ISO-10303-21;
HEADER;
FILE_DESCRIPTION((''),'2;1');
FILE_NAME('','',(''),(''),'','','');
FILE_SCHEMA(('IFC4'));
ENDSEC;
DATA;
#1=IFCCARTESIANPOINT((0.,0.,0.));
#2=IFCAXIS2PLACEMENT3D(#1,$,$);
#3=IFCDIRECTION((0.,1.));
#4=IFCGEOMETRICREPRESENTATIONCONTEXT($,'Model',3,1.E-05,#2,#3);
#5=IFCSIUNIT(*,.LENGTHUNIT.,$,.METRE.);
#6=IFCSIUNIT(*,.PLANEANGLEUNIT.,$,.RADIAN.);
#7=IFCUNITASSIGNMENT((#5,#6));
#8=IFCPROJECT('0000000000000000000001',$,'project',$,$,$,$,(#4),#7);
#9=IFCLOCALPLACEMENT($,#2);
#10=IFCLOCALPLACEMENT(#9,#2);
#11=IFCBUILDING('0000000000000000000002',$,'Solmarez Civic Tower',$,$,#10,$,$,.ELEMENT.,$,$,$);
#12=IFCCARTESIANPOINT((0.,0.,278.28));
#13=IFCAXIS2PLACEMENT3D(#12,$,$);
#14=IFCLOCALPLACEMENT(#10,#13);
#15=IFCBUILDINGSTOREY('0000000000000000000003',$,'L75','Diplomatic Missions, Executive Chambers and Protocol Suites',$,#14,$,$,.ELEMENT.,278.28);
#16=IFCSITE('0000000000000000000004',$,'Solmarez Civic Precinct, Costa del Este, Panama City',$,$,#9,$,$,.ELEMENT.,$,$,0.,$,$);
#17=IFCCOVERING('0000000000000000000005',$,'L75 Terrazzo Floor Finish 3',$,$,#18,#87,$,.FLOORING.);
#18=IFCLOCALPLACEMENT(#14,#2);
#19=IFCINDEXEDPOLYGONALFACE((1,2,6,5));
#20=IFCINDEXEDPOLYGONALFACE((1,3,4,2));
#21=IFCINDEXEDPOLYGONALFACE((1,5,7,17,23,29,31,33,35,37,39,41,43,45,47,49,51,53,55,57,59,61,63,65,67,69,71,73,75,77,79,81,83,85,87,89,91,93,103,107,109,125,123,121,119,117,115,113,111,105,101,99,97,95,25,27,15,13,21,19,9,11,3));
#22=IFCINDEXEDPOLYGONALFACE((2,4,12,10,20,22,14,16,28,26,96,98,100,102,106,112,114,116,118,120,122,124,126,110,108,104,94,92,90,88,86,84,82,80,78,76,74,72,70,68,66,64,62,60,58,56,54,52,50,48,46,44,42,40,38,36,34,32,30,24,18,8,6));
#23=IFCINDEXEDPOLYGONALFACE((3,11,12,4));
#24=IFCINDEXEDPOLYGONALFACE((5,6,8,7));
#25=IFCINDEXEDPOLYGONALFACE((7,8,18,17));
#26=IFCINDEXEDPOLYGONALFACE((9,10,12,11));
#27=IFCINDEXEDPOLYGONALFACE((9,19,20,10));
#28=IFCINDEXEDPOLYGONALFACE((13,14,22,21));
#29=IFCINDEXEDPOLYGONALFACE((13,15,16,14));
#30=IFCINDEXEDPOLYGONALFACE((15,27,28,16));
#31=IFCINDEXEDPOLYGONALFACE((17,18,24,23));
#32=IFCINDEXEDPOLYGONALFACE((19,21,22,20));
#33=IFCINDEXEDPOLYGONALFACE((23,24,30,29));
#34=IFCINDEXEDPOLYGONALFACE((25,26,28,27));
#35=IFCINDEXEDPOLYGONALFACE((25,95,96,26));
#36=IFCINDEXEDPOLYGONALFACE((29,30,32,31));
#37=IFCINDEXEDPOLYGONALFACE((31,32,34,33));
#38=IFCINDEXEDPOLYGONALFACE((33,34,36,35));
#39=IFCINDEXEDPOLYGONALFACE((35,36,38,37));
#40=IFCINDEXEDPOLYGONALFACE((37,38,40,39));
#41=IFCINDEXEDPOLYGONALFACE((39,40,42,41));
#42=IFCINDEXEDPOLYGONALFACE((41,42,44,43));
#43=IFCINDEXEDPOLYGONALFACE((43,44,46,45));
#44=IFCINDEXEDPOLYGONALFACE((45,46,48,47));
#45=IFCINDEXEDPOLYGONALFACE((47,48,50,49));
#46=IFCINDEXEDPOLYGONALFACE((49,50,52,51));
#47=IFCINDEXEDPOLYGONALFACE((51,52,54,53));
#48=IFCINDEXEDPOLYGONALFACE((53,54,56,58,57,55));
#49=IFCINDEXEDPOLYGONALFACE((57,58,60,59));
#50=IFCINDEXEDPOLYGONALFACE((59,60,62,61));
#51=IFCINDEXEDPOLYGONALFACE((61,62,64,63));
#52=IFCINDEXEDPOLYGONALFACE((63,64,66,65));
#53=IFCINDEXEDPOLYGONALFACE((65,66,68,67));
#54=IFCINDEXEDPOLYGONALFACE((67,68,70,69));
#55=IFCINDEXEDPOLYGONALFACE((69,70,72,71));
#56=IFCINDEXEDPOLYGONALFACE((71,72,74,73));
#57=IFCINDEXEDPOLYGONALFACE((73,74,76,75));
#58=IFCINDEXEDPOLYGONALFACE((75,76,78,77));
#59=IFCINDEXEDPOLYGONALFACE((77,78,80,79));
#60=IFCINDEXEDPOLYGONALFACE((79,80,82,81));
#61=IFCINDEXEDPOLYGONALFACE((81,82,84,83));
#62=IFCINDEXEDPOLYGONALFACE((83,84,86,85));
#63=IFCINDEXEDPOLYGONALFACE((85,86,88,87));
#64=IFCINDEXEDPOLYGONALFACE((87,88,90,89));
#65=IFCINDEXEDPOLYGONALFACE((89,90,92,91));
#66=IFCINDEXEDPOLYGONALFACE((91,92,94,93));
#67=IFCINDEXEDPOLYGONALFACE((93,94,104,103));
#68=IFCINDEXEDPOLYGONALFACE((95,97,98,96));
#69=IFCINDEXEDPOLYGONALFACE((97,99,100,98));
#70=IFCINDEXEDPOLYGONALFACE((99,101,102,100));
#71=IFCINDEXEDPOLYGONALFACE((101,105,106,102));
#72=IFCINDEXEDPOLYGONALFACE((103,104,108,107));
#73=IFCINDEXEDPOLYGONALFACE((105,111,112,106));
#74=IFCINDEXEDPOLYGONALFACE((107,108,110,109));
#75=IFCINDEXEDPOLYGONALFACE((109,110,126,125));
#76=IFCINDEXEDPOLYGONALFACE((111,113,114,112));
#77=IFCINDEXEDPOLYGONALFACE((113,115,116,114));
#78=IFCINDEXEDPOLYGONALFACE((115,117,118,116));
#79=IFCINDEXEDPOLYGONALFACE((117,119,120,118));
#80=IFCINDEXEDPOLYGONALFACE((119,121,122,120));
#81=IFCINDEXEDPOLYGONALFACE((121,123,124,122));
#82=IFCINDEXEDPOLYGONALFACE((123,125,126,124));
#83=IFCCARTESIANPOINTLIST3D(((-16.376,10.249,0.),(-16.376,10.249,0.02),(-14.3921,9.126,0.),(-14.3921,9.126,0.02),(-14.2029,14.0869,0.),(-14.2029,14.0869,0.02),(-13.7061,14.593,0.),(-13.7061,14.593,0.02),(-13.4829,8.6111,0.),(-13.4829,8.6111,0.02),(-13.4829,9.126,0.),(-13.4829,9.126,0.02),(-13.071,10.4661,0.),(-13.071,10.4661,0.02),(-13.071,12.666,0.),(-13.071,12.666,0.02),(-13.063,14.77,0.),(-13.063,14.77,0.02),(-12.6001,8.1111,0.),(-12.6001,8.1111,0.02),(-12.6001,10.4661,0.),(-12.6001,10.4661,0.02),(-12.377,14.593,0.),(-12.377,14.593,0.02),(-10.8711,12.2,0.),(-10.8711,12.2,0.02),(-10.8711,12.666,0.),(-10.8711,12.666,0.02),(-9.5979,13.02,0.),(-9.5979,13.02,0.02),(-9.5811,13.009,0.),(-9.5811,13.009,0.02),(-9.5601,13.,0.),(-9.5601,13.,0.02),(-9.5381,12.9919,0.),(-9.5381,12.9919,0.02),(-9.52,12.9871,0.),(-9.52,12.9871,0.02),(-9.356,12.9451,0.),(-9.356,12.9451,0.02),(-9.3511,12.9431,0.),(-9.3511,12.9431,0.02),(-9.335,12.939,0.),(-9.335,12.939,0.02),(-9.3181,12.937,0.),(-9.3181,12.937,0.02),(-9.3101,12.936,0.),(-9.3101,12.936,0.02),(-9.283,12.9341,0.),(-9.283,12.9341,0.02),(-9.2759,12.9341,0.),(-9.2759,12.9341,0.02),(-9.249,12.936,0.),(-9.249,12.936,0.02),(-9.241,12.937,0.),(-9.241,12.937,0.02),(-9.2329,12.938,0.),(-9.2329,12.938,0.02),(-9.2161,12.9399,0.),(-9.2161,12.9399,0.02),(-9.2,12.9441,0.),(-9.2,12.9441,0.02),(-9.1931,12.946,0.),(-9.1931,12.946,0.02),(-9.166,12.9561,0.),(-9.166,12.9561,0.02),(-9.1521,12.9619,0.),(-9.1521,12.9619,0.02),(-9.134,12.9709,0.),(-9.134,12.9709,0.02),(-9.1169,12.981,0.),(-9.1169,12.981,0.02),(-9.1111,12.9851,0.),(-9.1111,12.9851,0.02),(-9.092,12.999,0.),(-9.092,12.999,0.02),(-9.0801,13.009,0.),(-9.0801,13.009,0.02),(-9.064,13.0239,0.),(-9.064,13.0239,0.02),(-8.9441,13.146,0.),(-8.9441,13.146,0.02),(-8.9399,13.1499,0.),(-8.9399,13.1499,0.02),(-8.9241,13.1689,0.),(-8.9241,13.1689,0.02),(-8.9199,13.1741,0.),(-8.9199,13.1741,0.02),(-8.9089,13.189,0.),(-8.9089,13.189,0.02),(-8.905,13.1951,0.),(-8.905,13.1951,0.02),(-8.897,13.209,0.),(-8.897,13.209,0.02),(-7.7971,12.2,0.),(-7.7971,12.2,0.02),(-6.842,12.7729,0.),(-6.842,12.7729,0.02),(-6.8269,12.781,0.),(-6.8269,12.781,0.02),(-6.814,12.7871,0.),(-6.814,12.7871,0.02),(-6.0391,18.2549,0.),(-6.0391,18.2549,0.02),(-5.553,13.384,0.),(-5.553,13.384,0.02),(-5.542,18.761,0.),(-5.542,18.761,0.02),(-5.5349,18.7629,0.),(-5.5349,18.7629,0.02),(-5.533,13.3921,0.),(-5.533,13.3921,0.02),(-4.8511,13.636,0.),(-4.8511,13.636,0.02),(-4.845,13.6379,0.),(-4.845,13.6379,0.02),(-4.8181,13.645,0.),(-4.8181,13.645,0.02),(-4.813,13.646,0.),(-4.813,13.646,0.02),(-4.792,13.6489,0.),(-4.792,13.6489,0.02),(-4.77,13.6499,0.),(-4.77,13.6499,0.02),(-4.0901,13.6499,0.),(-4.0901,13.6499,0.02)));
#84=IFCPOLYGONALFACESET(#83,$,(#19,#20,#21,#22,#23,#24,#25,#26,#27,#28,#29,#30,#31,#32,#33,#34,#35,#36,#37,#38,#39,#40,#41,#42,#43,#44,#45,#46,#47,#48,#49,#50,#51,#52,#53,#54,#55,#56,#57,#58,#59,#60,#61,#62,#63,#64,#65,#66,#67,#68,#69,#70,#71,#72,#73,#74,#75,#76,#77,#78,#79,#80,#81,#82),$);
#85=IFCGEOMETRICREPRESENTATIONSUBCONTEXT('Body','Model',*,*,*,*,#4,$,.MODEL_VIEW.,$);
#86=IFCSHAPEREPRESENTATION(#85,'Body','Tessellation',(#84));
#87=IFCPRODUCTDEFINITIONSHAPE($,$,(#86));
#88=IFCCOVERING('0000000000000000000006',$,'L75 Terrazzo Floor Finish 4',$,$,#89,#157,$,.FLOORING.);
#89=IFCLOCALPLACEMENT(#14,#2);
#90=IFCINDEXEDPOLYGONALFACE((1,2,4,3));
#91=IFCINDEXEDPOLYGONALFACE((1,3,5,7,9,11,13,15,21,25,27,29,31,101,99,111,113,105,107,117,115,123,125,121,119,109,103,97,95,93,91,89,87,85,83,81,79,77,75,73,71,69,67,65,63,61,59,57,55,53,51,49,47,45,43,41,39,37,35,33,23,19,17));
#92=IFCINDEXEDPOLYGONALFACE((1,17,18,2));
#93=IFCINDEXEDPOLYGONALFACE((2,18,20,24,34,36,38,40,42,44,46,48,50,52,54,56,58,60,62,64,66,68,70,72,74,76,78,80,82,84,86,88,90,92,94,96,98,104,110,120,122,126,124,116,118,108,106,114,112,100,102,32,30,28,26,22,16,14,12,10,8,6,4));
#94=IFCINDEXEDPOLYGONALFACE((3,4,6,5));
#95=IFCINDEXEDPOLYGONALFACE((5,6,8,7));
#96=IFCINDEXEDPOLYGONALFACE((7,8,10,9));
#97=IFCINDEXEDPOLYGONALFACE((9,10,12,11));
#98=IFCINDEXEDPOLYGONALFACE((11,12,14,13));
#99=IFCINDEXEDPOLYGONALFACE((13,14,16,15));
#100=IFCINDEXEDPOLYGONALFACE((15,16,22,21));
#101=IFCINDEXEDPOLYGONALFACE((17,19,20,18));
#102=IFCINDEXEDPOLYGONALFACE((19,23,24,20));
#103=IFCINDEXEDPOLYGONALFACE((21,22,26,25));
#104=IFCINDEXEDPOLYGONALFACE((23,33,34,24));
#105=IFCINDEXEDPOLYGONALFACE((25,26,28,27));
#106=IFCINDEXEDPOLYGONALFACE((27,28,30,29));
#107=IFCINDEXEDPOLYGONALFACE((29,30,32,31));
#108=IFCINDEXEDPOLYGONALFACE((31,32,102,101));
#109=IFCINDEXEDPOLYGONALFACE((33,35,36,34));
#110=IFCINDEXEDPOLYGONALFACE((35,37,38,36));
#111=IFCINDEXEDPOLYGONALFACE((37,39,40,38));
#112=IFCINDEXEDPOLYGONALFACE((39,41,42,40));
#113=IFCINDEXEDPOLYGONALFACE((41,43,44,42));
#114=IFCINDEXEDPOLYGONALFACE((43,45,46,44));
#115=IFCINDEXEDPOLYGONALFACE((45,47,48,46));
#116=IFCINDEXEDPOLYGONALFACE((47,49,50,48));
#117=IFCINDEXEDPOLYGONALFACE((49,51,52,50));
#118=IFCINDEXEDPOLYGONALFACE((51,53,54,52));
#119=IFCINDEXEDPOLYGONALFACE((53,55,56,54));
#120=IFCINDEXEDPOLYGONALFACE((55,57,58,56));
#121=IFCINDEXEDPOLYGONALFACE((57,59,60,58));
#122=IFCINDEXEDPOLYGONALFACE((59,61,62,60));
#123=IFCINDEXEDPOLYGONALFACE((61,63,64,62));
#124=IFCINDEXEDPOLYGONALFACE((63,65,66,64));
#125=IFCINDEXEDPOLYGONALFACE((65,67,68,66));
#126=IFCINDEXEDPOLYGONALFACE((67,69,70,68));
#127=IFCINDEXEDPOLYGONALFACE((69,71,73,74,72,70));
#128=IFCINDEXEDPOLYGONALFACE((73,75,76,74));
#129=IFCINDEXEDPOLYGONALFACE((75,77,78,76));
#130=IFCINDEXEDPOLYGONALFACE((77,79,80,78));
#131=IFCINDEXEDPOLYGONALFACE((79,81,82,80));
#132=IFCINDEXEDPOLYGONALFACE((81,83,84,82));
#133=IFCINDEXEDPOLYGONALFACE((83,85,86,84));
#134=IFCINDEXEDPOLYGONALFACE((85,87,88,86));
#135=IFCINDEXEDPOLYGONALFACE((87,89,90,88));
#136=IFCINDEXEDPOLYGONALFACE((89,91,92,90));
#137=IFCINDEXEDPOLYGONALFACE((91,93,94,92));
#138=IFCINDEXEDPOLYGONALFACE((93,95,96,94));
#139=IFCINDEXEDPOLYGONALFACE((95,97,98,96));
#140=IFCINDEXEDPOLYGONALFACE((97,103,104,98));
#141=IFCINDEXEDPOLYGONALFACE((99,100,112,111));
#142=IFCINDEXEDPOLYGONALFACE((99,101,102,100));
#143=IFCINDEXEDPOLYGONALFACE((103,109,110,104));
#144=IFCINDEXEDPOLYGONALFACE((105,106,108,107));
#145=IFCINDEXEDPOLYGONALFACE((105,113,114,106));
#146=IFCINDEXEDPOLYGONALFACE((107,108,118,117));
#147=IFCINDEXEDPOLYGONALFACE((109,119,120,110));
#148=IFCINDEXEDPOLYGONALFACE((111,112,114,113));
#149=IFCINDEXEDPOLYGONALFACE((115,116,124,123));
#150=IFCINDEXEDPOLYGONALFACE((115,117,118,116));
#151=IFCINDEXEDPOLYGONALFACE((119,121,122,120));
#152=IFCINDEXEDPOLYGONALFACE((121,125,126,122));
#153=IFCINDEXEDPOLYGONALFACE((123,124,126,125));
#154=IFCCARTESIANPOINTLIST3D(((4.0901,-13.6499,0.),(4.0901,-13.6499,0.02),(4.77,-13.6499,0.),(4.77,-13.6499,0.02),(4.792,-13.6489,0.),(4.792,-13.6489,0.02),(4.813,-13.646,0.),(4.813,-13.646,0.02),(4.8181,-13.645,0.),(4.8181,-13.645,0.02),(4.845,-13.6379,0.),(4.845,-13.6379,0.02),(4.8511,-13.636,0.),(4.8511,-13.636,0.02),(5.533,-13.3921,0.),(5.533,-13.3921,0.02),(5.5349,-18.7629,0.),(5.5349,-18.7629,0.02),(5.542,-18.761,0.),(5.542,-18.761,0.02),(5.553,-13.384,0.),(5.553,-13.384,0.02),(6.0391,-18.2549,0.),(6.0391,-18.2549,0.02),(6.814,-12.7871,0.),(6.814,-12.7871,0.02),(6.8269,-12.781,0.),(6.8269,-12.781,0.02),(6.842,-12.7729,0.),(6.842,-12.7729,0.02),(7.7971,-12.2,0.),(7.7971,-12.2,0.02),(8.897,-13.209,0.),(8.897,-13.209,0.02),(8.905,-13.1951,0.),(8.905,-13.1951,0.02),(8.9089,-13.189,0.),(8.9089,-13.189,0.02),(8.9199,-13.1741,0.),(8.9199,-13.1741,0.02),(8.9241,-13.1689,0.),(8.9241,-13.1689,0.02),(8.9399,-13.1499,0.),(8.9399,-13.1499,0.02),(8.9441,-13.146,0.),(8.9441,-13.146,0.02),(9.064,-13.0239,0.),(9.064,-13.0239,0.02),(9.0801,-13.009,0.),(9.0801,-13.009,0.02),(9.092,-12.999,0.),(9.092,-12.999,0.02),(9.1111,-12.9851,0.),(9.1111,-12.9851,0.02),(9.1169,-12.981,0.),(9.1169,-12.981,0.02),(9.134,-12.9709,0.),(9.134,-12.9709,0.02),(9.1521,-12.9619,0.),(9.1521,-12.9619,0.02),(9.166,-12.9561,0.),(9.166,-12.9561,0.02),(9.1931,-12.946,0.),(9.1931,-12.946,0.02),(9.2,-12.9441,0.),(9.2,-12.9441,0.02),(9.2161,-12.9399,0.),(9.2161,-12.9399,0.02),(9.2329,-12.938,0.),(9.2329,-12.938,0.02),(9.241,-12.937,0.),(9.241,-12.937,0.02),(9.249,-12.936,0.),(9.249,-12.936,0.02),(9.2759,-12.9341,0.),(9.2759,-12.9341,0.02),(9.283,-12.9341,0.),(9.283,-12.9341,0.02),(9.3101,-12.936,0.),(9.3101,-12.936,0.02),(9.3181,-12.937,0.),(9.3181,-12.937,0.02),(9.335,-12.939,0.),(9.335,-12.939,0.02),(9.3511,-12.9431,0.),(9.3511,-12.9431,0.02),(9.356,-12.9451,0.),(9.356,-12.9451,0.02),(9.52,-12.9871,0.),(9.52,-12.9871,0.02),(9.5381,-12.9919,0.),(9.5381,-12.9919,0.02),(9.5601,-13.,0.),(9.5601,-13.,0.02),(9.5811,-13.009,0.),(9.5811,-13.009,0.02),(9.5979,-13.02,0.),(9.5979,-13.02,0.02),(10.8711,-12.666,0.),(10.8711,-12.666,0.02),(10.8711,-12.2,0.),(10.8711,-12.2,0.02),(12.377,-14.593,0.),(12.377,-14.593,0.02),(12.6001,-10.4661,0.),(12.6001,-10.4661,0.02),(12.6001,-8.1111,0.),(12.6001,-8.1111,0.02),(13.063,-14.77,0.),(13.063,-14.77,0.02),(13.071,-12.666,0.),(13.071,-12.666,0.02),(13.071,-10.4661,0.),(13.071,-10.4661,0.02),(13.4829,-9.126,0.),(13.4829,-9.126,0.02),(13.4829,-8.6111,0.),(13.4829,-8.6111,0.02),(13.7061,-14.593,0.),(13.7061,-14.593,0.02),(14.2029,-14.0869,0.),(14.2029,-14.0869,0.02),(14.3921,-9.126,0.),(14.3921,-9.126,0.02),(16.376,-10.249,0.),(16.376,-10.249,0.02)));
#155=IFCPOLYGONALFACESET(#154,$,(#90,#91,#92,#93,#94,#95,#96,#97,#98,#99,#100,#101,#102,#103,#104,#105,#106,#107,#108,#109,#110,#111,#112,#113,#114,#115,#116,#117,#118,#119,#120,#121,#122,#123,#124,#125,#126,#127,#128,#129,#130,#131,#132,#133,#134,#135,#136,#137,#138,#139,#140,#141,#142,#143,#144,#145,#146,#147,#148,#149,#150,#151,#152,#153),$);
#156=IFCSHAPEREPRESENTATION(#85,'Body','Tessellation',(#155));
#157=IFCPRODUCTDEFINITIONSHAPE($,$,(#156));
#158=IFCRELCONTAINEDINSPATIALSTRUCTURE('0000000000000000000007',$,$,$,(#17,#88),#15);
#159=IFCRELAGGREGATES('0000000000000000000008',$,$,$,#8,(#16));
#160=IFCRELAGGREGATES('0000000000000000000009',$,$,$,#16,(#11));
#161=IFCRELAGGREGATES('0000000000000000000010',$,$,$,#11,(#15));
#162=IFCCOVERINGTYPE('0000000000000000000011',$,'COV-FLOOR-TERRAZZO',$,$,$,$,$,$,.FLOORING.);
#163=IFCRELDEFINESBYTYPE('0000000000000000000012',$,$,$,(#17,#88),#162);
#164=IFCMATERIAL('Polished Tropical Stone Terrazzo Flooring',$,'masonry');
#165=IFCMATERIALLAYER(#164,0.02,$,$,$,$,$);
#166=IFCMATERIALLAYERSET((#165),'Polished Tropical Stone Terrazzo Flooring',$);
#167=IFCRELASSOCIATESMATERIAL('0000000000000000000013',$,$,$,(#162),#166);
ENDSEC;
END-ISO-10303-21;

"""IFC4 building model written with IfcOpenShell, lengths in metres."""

from ifc_helpers import new_model, si_unit, direction, frame, origin, place, context, subcontext, project, spatial, polyline, outline, extrude, material, layer, layer_set, type_object, element, save


model = new_model("IFC4")

# Units and contexts
model_context = context("Model", 3, precision=1e-05, world=origin(), true_north=direction((0.0, 1.0)))
body_context = subcontext(model_context, "Body", "Model", "MODEL_VIEW")
ifc_project = project(units=[si_unit("LENGTHUNIT", "METRE"), si_unit("PLANEANGLEUNIT", "RADIAN")], contexts=[model_context])

# Site, building, storey
site_placement = place(None, origin())
site = spatial("IfcSite", under=ifc_project, at=site_placement, Name="Solmarez Civic Precinct, Costa del Este, Panama City", CompositionType="ELEMENT", RefElevation=0.0)
building_placement = place(site_placement, origin())
building = spatial("IfcBuilding", under=site, at=building_placement, Name="Solmarez Civic Tower", CompositionType="ELEMENT")
storey_placement = place(building_placement, frame((0.0, 0.0, 278.28)))
storey = spatial("IfcBuildingStorey", under=building, at=storey_placement, Name="L75", Description="Diplomatic Missions, Executive Chambers and Protocol Suites", CompositionType="ELEMENT", Elevation=278.28)

# Coverings
ifc_material_1 = material(Name="Polished Tropical Stone Terrazzo Flooring", Category="masonry")
ifc_layer_1 = layer(ifc_material_1, 0.02)
ifc_layer_set_1 = layer_set([ifc_layer_1], Name="Polished Tropical Stone Terrazzo Flooring")
covering_type_1 = type_object("IfcCoveringType", Name="COV-FLOOR-TERRAZZO", PredefinedType="FLOORING", material=ifc_layer_set_1)
covering_1_placement = place(storey_placement, origin())
element("IfcCovering", 1, at=covering_1_placement, inside=storey, type_object=covering_type_1, Name="L75 Terrazzo Floor Finish 3", PredefinedType="FLOORING", context=body_context, shape_type="SweptSolid", body=[
    extrude(outline(polyline([(-12.6001, 8.1111), (-12.6001, 10.4661), (-13.071, 10.4661), (-13.071, 12.666), (-10.8711, 12.666), (-10.8711, 12.2), (-7.7971, 12.2), (-6.842, 12.7729), (-6.8269, 12.781), (-6.814, 12.7871), (-5.553, 13.384), (-5.533, 13.3921), (-4.8511, 13.636), (-4.845, 13.6379), (-4.8181, 13.645), (-4.813, 13.646), (-4.792, 13.6489), (-4.77, 13.6499), (-4.0901, 13.6499), (-5.5349, 18.7629), (-5.542, 18.761), (-6.0391, 18.2549), (-8.897, 13.209), (-8.905, 13.1951), (-8.9089, 13.189), (-8.9199, 13.1741), (-8.9241, 13.1689), (-8.9399, 13.1499), (-8.9441, 13.146), (-9.064, 13.0239), (-9.0801, 13.009), (-9.092, 12.999), (-9.1111, 12.9851), (-9.1169, 12.981), (-9.134, 12.9709), (-9.1521, 12.9619), (-9.166, 12.9561), (-9.1931, 12.946), (-9.2, 12.9441), (-9.2161, 12.9399), (-9.2329, 12.938), (-9.241, 12.937), (-9.249, 12.936), (-9.2759, 12.9341), (-9.283, 12.9341), (-9.3101, 12.936), (-9.3181, 12.937), (-9.335, 12.939), (-9.3511, 12.9431), (-9.356, 12.9451), (-9.52, 12.9871), (-9.5381, 12.9919), (-9.5601, 13.0), (-9.5811, 13.009), (-9.5979, 13.02), (-12.377, 14.593), (-13.063, 14.77), (-13.7061, 14.593), (-14.2029, 14.0869), (-16.376, 10.249), (-14.3921, 9.126), (-13.4829, 9.126), (-13.4829, 8.6111), (-12.6001, 8.1111)])), origin(), (0.0, 0.0, 1.0), 0.02),
])
covering_2_placement = place(storey_placement, origin())
element("IfcCovering", 2, at=covering_2_placement, inside=storey, type_object=covering_type_1, Name="L75 Terrazzo Floor Finish 4", PredefinedType="FLOORING", context=body_context, shape_type="SweptSolid", body=[
    extrude(outline(polyline([(6.814, -12.7871), (5.553, -13.384), (5.533, -13.3921), (4.8511, -13.636), (4.845, -13.6379), (4.8181, -13.645), (4.813, -13.646), (4.792, -13.6489), (4.77, -13.6499), (4.0901, -13.6499), (5.5349, -18.7629), (5.542, -18.761), (6.0391, -18.2549), (8.897, -13.209), (8.905, -13.1951), (8.9089, -13.189), (8.9199, -13.1741), (8.9241, -13.1689), (8.9399, -13.1499), (8.9441, -13.146), (9.064, -13.0239), (9.0801, -13.009), (9.092, -12.999), (9.1111, -12.9851), (9.1169, -12.981), (9.134, -12.9709), (9.1521, -12.9619), (9.166, -12.9561), (9.1931, -12.946), (9.2, -12.9441), (9.2161, -12.9399), (9.2329, -12.938), (9.241, -12.937), (9.249, -12.936), (9.2759, -12.9341), (9.283, -12.9341), (9.3101, -12.936), (9.3181, -12.937), (9.335, -12.939), (9.3511, -12.9431), (9.356, -12.9451), (9.52, -12.9871), (9.5381, -12.9919), (9.5601, -13.0), (9.5811, -13.009), (9.5979, -13.02), (12.377, -14.593), (13.063, -14.77), (13.7061, -14.593), (14.2029, -14.0869), (16.376, -10.249), (14.3921, -9.126), (13.4829, -9.126), (13.4829, -8.6111), (12.6001, -8.1111), (12.6001, -10.4661), (13.071, -10.4661), (13.071, -12.666), (10.8711, -12.666), (10.8711, -12.2), (7.7971, -12.2), (6.842, -12.7729), (6.8269, -12.781), (6.814, -12.7871)])), origin(), (0.0, 0.0, 1.0), 0.02),
])

save(model, "model.ifc")
